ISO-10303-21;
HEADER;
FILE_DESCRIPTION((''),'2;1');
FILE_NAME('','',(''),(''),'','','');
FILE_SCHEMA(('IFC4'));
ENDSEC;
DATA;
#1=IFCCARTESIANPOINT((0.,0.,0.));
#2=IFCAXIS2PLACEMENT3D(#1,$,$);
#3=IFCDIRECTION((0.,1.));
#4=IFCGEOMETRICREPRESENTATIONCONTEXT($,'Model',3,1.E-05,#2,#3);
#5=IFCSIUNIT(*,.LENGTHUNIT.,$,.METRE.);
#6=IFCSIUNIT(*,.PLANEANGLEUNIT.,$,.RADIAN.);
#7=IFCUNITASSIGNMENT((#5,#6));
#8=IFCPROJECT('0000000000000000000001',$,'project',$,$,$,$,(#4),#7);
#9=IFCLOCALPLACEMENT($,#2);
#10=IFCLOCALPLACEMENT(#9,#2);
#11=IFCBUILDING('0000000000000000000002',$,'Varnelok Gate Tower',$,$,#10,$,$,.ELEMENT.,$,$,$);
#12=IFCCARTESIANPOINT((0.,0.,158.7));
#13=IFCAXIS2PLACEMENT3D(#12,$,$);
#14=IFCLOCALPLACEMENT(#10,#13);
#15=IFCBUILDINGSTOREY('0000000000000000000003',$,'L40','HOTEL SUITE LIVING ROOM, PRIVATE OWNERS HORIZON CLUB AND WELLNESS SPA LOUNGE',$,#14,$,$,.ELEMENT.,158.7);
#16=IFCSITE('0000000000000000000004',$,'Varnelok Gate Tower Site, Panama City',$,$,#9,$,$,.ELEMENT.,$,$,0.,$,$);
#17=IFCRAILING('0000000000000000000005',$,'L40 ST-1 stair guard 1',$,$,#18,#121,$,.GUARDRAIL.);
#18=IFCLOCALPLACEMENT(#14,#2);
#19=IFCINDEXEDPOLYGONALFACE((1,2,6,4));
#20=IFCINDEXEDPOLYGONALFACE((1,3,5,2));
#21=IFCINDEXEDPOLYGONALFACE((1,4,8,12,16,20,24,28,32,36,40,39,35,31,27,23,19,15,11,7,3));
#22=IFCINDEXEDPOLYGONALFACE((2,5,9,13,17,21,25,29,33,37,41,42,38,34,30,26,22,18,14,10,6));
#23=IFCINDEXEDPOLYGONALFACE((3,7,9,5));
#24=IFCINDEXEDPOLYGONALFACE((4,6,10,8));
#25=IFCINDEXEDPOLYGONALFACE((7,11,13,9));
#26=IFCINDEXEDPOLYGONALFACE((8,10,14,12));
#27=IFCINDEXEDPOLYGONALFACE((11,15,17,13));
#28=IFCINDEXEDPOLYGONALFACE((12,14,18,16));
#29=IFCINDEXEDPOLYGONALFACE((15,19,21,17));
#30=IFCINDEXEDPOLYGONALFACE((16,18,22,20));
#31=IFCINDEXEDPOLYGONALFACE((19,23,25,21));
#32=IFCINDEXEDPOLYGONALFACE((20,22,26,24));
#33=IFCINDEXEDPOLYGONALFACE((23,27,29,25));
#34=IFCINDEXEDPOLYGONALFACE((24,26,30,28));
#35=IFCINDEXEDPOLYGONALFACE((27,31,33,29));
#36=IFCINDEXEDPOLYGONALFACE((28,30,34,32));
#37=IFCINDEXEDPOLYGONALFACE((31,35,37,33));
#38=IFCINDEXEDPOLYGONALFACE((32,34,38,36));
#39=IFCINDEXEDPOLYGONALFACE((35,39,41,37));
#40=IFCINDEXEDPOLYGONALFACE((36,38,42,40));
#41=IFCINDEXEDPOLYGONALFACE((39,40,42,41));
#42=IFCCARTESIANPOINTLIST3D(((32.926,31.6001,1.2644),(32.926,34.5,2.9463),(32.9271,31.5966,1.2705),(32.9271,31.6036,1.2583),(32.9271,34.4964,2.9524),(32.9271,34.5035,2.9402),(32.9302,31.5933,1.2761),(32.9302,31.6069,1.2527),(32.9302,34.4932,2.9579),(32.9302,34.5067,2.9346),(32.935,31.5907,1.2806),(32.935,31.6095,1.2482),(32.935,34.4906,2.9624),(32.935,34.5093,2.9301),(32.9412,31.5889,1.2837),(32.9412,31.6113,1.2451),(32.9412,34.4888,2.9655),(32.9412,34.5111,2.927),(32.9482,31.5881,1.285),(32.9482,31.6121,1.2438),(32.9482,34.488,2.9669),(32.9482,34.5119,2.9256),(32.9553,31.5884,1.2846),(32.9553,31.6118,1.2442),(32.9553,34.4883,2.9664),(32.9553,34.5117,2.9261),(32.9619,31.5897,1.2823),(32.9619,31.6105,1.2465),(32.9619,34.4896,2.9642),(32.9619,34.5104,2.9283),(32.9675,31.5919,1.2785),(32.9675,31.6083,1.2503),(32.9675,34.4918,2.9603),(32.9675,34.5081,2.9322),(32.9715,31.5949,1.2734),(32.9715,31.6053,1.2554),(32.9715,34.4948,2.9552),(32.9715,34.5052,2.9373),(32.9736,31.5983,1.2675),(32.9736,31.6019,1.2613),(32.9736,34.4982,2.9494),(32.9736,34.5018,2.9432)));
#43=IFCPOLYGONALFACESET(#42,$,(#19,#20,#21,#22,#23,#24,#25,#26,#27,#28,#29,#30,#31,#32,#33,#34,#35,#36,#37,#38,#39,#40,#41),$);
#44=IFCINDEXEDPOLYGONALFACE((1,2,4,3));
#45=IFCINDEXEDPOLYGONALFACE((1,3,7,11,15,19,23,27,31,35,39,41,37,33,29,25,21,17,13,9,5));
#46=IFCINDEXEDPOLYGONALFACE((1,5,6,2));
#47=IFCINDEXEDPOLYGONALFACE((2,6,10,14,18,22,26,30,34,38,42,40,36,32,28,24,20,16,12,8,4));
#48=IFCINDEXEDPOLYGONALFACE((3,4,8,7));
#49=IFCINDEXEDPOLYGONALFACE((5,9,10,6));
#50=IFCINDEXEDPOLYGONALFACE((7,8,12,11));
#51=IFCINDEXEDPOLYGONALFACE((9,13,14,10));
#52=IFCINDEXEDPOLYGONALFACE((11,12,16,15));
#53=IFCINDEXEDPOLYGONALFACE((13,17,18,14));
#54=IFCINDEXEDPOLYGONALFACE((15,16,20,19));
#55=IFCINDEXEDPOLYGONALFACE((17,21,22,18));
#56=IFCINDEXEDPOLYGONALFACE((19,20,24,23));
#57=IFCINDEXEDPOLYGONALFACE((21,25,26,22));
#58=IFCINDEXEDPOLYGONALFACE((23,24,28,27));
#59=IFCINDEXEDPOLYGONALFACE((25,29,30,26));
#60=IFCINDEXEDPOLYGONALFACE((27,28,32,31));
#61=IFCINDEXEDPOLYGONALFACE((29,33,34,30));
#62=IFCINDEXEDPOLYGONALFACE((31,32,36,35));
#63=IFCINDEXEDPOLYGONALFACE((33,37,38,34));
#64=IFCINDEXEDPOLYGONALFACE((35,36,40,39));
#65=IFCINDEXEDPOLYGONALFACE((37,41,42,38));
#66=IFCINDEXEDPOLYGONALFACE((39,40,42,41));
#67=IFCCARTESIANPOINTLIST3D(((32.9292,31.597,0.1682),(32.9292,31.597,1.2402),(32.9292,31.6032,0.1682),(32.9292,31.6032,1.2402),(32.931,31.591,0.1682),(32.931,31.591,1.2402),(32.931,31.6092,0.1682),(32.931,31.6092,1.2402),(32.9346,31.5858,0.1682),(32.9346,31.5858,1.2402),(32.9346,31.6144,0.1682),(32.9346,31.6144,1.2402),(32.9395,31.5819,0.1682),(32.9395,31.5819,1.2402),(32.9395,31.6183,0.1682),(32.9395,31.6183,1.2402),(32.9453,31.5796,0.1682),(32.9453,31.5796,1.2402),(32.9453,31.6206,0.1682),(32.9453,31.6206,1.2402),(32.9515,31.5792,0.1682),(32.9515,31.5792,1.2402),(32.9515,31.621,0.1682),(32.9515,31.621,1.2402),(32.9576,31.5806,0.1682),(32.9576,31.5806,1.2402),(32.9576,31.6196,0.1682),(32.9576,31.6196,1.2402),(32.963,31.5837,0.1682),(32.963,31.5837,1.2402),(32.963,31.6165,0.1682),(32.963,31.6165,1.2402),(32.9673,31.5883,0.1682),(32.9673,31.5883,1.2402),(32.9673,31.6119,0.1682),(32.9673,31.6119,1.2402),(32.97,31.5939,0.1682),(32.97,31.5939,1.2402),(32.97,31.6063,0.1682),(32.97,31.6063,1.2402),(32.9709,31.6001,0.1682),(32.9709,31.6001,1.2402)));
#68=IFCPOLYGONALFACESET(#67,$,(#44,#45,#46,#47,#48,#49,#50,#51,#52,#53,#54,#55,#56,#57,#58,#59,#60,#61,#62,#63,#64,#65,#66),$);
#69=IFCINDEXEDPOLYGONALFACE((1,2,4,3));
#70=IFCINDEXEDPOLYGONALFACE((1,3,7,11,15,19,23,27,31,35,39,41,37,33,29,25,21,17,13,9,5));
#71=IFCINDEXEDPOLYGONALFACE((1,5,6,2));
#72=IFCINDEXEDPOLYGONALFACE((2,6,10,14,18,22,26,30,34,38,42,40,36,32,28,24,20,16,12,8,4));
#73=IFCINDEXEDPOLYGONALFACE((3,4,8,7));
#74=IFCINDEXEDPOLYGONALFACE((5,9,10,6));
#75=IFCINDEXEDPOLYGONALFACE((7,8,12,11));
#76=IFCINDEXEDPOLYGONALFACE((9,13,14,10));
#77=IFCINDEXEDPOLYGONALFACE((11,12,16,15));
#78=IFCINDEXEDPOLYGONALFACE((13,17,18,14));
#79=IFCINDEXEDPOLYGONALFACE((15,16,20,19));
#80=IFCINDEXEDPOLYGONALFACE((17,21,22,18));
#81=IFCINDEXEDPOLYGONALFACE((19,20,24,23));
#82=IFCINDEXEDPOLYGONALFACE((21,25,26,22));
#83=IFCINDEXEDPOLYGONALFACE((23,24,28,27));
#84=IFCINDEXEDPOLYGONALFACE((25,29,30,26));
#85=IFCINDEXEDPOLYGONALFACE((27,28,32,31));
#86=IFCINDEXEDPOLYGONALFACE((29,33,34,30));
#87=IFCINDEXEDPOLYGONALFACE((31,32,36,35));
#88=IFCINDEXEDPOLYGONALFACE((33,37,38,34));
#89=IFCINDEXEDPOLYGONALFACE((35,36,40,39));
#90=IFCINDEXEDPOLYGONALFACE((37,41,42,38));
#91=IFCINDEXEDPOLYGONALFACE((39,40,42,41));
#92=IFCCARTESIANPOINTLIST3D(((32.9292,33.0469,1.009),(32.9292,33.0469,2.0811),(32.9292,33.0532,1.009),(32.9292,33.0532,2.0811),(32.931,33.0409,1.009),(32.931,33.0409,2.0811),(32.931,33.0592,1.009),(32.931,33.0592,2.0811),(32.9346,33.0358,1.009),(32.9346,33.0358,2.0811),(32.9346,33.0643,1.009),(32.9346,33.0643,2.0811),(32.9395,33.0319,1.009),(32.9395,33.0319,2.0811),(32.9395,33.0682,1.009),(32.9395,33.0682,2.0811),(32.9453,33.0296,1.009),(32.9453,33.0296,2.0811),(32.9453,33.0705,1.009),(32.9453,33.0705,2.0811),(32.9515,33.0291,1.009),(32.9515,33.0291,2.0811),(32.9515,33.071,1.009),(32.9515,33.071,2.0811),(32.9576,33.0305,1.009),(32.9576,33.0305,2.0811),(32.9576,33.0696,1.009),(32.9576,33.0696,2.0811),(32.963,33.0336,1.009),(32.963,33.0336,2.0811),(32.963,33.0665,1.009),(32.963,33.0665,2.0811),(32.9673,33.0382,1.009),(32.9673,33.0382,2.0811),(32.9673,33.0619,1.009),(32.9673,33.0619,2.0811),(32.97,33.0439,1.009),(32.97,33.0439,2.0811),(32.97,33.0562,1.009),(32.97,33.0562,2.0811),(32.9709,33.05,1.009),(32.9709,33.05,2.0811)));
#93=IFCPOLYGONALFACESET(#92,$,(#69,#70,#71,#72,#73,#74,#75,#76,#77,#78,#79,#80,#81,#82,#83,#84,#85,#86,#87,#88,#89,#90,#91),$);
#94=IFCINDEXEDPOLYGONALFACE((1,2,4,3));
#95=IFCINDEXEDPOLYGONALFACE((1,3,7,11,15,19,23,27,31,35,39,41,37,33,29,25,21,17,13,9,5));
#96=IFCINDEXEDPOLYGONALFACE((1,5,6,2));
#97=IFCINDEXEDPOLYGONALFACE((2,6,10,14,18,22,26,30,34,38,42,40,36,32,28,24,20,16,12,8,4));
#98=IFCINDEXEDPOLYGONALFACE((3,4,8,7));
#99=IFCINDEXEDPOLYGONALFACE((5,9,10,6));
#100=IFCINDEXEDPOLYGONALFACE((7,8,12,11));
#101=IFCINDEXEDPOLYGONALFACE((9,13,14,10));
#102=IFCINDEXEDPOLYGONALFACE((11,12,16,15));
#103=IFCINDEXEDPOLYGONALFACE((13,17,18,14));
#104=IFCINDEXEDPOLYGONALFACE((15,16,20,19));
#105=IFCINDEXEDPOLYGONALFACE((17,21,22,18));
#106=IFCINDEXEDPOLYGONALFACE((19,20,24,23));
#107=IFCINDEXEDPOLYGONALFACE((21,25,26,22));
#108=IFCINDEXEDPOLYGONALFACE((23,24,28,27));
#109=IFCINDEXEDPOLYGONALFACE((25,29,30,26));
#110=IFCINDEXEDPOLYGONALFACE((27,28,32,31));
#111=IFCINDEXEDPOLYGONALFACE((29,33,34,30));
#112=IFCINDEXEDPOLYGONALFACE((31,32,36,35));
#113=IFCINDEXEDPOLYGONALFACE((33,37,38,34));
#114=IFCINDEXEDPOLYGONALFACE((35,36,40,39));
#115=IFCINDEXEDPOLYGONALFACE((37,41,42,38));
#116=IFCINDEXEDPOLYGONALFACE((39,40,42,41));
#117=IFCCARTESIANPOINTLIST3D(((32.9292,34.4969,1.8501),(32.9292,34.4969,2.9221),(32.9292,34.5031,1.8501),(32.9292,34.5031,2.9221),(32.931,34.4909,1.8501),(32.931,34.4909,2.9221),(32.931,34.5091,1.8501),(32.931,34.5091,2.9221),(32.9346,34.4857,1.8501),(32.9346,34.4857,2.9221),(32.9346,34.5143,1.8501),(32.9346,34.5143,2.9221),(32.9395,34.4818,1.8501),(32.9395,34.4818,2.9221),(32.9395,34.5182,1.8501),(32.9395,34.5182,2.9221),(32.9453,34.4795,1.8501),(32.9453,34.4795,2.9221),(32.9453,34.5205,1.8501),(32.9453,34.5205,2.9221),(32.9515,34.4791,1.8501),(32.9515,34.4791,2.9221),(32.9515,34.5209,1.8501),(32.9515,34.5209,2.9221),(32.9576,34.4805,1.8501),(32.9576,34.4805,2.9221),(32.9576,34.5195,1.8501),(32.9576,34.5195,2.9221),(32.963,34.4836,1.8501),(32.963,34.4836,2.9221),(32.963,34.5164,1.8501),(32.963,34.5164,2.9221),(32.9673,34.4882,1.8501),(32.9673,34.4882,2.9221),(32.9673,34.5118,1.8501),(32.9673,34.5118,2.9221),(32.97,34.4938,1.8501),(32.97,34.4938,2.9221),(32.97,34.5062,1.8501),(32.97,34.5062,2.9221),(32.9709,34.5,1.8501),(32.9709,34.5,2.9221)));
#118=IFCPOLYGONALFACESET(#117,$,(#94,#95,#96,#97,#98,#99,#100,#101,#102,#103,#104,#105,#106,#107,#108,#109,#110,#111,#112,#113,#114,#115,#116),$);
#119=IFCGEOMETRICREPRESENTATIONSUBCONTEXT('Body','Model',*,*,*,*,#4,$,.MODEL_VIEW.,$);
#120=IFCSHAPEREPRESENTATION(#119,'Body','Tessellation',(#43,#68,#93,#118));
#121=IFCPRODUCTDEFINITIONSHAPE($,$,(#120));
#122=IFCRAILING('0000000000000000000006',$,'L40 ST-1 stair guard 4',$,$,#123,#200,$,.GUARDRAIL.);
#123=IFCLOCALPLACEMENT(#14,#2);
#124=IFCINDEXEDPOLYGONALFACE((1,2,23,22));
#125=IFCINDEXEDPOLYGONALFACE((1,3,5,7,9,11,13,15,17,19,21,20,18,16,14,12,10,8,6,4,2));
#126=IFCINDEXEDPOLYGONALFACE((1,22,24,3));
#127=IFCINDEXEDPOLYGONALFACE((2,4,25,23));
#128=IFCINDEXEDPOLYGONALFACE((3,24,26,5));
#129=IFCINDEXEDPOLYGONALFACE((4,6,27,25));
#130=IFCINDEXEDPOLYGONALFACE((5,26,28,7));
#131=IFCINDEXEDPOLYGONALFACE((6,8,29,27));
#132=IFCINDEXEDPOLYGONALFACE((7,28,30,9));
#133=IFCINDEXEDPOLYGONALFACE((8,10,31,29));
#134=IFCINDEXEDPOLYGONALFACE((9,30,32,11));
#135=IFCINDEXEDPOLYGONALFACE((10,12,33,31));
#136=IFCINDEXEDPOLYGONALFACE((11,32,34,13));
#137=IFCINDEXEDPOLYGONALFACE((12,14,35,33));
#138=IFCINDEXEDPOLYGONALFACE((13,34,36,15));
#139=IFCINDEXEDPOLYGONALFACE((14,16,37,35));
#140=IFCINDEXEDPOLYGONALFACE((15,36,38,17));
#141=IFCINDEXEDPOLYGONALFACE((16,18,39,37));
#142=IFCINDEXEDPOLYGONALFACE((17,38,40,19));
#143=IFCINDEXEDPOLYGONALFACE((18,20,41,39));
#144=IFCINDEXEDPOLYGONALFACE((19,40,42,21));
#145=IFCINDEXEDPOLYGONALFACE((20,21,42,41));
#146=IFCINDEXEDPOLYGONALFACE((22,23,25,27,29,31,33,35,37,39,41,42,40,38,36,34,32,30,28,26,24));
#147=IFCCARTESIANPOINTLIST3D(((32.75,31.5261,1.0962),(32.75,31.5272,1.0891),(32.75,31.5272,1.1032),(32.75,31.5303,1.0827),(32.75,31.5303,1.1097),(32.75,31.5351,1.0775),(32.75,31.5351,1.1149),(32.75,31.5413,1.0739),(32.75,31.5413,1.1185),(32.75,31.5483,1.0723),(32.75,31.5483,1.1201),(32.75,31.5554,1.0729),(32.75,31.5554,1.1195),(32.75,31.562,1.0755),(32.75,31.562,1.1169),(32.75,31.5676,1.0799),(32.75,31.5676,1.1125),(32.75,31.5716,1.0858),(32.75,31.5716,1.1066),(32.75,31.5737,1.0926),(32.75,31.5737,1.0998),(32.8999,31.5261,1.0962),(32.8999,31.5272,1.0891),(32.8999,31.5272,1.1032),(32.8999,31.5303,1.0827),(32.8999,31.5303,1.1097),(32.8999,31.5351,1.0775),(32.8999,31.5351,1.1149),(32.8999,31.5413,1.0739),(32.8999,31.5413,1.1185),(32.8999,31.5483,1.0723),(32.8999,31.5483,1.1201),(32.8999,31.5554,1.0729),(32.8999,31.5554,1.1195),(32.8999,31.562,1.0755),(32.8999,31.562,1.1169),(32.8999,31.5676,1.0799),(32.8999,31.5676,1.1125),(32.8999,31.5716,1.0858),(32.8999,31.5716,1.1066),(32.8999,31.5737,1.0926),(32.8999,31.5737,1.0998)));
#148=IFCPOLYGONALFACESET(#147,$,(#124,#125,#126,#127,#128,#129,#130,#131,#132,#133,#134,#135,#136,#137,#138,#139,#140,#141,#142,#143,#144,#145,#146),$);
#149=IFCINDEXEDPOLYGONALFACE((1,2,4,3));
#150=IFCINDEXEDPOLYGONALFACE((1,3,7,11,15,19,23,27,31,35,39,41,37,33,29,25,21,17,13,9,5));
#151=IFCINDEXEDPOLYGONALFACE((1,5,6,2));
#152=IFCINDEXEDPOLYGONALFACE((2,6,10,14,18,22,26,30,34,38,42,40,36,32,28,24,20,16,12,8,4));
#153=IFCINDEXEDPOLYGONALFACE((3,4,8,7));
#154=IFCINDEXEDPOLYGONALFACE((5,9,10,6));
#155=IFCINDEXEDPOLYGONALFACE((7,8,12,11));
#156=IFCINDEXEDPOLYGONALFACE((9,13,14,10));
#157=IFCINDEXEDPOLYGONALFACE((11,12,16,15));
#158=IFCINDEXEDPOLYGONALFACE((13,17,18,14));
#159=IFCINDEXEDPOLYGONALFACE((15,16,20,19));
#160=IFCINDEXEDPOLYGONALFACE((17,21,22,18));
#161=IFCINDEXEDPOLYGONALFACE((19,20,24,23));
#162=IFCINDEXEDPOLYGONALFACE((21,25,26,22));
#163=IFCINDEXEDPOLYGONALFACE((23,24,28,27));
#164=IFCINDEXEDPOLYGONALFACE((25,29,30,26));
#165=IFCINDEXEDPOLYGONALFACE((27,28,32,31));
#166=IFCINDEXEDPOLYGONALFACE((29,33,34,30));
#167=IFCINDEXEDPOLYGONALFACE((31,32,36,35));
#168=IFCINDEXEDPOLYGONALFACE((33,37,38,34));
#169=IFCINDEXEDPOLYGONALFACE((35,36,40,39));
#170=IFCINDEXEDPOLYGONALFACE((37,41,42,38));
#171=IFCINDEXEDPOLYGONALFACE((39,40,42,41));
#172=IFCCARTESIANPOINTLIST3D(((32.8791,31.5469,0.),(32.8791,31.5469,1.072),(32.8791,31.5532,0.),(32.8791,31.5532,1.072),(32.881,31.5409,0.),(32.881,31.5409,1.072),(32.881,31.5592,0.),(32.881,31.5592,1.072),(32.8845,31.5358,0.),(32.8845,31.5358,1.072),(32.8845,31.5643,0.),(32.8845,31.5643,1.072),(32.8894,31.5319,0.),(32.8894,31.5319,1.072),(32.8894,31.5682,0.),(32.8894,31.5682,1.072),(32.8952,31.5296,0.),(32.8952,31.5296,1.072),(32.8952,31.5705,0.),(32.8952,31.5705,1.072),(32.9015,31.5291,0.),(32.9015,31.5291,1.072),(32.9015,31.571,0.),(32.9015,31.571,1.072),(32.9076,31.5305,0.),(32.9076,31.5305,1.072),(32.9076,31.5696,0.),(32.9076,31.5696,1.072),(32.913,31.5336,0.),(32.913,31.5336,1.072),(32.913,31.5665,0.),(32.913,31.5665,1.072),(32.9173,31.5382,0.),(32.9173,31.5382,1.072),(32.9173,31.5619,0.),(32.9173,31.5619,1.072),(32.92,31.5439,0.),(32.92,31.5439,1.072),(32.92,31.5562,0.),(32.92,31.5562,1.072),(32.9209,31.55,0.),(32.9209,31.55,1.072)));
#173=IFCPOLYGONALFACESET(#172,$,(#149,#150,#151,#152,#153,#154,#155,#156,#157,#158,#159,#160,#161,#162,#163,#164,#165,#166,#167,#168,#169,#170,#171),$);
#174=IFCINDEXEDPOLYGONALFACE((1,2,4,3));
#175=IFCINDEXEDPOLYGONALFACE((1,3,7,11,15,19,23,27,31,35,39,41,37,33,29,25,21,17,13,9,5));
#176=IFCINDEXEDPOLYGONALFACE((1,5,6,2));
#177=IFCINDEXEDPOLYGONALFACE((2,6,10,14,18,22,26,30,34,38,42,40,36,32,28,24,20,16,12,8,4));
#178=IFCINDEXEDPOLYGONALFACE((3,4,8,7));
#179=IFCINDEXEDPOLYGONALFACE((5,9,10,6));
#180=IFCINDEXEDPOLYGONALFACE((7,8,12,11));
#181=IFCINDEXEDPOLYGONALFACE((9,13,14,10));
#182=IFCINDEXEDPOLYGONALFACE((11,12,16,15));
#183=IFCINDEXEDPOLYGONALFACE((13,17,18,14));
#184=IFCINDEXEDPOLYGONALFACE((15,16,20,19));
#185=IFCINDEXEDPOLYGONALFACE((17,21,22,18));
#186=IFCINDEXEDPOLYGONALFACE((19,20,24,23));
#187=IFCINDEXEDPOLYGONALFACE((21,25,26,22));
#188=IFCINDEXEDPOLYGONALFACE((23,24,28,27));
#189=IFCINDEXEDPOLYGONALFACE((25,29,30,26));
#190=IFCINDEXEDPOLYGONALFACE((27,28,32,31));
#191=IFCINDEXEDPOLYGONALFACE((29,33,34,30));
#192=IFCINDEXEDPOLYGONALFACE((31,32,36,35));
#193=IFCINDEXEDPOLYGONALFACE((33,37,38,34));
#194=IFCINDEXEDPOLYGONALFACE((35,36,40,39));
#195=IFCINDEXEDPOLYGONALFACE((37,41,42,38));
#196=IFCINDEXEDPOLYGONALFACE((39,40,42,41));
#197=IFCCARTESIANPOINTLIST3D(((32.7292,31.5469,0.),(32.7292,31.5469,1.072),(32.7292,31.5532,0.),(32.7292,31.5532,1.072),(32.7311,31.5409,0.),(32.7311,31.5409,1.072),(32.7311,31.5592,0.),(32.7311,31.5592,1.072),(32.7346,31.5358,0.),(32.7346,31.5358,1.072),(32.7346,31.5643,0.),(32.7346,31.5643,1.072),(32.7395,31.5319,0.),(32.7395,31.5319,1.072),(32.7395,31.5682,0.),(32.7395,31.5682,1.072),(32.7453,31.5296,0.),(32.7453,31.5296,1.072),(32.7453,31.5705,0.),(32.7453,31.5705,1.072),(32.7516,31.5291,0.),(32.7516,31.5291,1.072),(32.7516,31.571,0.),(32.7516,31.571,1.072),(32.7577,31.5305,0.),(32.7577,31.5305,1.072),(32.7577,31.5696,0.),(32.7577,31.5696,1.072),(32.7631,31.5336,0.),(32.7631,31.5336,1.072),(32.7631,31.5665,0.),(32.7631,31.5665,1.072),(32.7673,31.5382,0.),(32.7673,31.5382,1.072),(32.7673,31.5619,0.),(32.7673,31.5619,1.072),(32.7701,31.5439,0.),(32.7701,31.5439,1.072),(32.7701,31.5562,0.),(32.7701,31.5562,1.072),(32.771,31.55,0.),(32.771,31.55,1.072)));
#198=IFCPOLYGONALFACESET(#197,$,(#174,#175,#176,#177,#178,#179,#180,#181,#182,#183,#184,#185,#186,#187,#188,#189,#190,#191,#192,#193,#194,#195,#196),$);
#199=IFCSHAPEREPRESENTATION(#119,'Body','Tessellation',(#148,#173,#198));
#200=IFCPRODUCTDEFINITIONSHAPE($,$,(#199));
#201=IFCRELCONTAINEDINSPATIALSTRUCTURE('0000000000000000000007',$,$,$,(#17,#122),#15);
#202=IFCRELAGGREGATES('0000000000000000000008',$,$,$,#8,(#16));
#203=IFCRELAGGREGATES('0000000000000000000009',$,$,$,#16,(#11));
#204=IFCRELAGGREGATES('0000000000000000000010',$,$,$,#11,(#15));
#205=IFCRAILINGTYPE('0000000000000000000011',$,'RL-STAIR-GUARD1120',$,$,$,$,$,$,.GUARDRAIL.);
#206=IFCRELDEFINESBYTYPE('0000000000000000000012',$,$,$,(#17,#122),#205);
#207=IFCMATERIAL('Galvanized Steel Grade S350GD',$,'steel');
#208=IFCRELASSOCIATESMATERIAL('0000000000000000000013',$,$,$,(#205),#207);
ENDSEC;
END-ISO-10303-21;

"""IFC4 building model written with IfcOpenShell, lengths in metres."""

from ifc_helpers import new_model, si_unit, direction, frame, origin, origin_2d, place, context, subcontext, project, spatial, circle, extrude, material, type_object, element, save


model = new_model("IFC4")

# Units and contexts
model_context = context("Model", 3, precision=1e-05, world=origin(), true_north=direction((0.0, 1.0)))
body_context = subcontext(model_context, "Body", "Model", "MODEL_VIEW")
ifc_project = project(units=[si_unit("LENGTHUNIT", "METRE"), si_unit("PLANEANGLEUNIT", "RADIAN")], contexts=[model_context])

# Site, building, storey
site_placement = place(None, origin())
site = spatial("IfcSite", under=ifc_project, at=site_placement, Name="Varnelok Gate Tower Site, Panama City", CompositionType="ELEMENT", RefElevation=0.0)
building_placement = place(site_placement, origin())
building = spatial("IfcBuilding", under=site, at=building_placement, Name="Varnelok Gate Tower", CompositionType="ELEMENT")
storey_placement = place(building_placement, frame((0.0, 0.0, 158.7)))
storey = spatial("IfcBuildingStorey", under=building, at=storey_placement, Name="L40", Description="HOTEL SUITE LIVING ROOM, PRIVATE OWNERS HORIZON CLUB AND WELLNESS SPA LOUNGE", CompositionType="ELEMENT", Elevation=158.7)

# Shared definitions
ifc_material_1 = material(Name="Galvanized Steel Grade S350GD", Category="steel")

# Railings
railing_type_1 = type_object("IfcRailingType", Name="RL-STAIR-GUARD1120", PredefinedType="GUARDRAIL", material=ifc_material_1)
railing_1_placement = place(storey_placement, frame((32.95, 31.6001, 0.1682)))
element("IfcRailing", 1, at=railing_1_placement, inside=storey, type_object=railing_type_1, Name="L40 ST-1 stair guard 1", PredefinedType="GUARDRAIL", context=body_context, shape_type="SweptSolid", body=[
    extrude(circle(Radius=0.0239, at=origin_2d()), frame((0.0, 0.0, 1.0962), z_axis=(0.0, 0.865039, 0.501705), x_axis=(-1.0, 0.0, 0.0)), (0.0, 0.0, 1.0), 3.3523),
    extrude(circle(Radius=0.021, at=origin_2d()), origin(), (0.0, 0.0, 1.0), 1.072),
    extrude(circle(Radius=0.021, at=origin_2d()), frame((0.0, 1.45, 0.8408)), (0.0, 0.0, 1.0), 1.072),
    extrude(circle(Radius=0.021, at=origin_2d()), frame((0.0, 2.8999, 1.6819)), (0.0, 0.0, 1.0), 1.072),
])
railing_2_placement = place(storey_placement, frame((32.8999, 31.55, 0.0)))
element("IfcRailing", 2, at=railing_2_placement, inside=storey, type_object=railing_type_1, Name="L40 ST-1 stair guard 4", PredefinedType="GUARDRAIL", context=body_context, shape_type="SweptSolid", body=[
    extrude(circle(Radius=0.0239, at=origin_2d()), frame((0.0, 0.0, 1.0962), z_axis=(-1.0, 0.0, 0.0), x_axis=(0.0, -1.0, 0.0)), (0.0, 0.0, 1.0), 0.1499),
    extrude(circle(Radius=0.021, at=origin_2d()), origin(), (0.0, 0.0, 1.0), 1.072),
    extrude(circle(Radius=0.021, at=origin_2d()), frame((-0.1499, 0.0, 0.0)), (0.0, 0.0, 1.0), 1.072),
])

save(model, "model.ifc")
